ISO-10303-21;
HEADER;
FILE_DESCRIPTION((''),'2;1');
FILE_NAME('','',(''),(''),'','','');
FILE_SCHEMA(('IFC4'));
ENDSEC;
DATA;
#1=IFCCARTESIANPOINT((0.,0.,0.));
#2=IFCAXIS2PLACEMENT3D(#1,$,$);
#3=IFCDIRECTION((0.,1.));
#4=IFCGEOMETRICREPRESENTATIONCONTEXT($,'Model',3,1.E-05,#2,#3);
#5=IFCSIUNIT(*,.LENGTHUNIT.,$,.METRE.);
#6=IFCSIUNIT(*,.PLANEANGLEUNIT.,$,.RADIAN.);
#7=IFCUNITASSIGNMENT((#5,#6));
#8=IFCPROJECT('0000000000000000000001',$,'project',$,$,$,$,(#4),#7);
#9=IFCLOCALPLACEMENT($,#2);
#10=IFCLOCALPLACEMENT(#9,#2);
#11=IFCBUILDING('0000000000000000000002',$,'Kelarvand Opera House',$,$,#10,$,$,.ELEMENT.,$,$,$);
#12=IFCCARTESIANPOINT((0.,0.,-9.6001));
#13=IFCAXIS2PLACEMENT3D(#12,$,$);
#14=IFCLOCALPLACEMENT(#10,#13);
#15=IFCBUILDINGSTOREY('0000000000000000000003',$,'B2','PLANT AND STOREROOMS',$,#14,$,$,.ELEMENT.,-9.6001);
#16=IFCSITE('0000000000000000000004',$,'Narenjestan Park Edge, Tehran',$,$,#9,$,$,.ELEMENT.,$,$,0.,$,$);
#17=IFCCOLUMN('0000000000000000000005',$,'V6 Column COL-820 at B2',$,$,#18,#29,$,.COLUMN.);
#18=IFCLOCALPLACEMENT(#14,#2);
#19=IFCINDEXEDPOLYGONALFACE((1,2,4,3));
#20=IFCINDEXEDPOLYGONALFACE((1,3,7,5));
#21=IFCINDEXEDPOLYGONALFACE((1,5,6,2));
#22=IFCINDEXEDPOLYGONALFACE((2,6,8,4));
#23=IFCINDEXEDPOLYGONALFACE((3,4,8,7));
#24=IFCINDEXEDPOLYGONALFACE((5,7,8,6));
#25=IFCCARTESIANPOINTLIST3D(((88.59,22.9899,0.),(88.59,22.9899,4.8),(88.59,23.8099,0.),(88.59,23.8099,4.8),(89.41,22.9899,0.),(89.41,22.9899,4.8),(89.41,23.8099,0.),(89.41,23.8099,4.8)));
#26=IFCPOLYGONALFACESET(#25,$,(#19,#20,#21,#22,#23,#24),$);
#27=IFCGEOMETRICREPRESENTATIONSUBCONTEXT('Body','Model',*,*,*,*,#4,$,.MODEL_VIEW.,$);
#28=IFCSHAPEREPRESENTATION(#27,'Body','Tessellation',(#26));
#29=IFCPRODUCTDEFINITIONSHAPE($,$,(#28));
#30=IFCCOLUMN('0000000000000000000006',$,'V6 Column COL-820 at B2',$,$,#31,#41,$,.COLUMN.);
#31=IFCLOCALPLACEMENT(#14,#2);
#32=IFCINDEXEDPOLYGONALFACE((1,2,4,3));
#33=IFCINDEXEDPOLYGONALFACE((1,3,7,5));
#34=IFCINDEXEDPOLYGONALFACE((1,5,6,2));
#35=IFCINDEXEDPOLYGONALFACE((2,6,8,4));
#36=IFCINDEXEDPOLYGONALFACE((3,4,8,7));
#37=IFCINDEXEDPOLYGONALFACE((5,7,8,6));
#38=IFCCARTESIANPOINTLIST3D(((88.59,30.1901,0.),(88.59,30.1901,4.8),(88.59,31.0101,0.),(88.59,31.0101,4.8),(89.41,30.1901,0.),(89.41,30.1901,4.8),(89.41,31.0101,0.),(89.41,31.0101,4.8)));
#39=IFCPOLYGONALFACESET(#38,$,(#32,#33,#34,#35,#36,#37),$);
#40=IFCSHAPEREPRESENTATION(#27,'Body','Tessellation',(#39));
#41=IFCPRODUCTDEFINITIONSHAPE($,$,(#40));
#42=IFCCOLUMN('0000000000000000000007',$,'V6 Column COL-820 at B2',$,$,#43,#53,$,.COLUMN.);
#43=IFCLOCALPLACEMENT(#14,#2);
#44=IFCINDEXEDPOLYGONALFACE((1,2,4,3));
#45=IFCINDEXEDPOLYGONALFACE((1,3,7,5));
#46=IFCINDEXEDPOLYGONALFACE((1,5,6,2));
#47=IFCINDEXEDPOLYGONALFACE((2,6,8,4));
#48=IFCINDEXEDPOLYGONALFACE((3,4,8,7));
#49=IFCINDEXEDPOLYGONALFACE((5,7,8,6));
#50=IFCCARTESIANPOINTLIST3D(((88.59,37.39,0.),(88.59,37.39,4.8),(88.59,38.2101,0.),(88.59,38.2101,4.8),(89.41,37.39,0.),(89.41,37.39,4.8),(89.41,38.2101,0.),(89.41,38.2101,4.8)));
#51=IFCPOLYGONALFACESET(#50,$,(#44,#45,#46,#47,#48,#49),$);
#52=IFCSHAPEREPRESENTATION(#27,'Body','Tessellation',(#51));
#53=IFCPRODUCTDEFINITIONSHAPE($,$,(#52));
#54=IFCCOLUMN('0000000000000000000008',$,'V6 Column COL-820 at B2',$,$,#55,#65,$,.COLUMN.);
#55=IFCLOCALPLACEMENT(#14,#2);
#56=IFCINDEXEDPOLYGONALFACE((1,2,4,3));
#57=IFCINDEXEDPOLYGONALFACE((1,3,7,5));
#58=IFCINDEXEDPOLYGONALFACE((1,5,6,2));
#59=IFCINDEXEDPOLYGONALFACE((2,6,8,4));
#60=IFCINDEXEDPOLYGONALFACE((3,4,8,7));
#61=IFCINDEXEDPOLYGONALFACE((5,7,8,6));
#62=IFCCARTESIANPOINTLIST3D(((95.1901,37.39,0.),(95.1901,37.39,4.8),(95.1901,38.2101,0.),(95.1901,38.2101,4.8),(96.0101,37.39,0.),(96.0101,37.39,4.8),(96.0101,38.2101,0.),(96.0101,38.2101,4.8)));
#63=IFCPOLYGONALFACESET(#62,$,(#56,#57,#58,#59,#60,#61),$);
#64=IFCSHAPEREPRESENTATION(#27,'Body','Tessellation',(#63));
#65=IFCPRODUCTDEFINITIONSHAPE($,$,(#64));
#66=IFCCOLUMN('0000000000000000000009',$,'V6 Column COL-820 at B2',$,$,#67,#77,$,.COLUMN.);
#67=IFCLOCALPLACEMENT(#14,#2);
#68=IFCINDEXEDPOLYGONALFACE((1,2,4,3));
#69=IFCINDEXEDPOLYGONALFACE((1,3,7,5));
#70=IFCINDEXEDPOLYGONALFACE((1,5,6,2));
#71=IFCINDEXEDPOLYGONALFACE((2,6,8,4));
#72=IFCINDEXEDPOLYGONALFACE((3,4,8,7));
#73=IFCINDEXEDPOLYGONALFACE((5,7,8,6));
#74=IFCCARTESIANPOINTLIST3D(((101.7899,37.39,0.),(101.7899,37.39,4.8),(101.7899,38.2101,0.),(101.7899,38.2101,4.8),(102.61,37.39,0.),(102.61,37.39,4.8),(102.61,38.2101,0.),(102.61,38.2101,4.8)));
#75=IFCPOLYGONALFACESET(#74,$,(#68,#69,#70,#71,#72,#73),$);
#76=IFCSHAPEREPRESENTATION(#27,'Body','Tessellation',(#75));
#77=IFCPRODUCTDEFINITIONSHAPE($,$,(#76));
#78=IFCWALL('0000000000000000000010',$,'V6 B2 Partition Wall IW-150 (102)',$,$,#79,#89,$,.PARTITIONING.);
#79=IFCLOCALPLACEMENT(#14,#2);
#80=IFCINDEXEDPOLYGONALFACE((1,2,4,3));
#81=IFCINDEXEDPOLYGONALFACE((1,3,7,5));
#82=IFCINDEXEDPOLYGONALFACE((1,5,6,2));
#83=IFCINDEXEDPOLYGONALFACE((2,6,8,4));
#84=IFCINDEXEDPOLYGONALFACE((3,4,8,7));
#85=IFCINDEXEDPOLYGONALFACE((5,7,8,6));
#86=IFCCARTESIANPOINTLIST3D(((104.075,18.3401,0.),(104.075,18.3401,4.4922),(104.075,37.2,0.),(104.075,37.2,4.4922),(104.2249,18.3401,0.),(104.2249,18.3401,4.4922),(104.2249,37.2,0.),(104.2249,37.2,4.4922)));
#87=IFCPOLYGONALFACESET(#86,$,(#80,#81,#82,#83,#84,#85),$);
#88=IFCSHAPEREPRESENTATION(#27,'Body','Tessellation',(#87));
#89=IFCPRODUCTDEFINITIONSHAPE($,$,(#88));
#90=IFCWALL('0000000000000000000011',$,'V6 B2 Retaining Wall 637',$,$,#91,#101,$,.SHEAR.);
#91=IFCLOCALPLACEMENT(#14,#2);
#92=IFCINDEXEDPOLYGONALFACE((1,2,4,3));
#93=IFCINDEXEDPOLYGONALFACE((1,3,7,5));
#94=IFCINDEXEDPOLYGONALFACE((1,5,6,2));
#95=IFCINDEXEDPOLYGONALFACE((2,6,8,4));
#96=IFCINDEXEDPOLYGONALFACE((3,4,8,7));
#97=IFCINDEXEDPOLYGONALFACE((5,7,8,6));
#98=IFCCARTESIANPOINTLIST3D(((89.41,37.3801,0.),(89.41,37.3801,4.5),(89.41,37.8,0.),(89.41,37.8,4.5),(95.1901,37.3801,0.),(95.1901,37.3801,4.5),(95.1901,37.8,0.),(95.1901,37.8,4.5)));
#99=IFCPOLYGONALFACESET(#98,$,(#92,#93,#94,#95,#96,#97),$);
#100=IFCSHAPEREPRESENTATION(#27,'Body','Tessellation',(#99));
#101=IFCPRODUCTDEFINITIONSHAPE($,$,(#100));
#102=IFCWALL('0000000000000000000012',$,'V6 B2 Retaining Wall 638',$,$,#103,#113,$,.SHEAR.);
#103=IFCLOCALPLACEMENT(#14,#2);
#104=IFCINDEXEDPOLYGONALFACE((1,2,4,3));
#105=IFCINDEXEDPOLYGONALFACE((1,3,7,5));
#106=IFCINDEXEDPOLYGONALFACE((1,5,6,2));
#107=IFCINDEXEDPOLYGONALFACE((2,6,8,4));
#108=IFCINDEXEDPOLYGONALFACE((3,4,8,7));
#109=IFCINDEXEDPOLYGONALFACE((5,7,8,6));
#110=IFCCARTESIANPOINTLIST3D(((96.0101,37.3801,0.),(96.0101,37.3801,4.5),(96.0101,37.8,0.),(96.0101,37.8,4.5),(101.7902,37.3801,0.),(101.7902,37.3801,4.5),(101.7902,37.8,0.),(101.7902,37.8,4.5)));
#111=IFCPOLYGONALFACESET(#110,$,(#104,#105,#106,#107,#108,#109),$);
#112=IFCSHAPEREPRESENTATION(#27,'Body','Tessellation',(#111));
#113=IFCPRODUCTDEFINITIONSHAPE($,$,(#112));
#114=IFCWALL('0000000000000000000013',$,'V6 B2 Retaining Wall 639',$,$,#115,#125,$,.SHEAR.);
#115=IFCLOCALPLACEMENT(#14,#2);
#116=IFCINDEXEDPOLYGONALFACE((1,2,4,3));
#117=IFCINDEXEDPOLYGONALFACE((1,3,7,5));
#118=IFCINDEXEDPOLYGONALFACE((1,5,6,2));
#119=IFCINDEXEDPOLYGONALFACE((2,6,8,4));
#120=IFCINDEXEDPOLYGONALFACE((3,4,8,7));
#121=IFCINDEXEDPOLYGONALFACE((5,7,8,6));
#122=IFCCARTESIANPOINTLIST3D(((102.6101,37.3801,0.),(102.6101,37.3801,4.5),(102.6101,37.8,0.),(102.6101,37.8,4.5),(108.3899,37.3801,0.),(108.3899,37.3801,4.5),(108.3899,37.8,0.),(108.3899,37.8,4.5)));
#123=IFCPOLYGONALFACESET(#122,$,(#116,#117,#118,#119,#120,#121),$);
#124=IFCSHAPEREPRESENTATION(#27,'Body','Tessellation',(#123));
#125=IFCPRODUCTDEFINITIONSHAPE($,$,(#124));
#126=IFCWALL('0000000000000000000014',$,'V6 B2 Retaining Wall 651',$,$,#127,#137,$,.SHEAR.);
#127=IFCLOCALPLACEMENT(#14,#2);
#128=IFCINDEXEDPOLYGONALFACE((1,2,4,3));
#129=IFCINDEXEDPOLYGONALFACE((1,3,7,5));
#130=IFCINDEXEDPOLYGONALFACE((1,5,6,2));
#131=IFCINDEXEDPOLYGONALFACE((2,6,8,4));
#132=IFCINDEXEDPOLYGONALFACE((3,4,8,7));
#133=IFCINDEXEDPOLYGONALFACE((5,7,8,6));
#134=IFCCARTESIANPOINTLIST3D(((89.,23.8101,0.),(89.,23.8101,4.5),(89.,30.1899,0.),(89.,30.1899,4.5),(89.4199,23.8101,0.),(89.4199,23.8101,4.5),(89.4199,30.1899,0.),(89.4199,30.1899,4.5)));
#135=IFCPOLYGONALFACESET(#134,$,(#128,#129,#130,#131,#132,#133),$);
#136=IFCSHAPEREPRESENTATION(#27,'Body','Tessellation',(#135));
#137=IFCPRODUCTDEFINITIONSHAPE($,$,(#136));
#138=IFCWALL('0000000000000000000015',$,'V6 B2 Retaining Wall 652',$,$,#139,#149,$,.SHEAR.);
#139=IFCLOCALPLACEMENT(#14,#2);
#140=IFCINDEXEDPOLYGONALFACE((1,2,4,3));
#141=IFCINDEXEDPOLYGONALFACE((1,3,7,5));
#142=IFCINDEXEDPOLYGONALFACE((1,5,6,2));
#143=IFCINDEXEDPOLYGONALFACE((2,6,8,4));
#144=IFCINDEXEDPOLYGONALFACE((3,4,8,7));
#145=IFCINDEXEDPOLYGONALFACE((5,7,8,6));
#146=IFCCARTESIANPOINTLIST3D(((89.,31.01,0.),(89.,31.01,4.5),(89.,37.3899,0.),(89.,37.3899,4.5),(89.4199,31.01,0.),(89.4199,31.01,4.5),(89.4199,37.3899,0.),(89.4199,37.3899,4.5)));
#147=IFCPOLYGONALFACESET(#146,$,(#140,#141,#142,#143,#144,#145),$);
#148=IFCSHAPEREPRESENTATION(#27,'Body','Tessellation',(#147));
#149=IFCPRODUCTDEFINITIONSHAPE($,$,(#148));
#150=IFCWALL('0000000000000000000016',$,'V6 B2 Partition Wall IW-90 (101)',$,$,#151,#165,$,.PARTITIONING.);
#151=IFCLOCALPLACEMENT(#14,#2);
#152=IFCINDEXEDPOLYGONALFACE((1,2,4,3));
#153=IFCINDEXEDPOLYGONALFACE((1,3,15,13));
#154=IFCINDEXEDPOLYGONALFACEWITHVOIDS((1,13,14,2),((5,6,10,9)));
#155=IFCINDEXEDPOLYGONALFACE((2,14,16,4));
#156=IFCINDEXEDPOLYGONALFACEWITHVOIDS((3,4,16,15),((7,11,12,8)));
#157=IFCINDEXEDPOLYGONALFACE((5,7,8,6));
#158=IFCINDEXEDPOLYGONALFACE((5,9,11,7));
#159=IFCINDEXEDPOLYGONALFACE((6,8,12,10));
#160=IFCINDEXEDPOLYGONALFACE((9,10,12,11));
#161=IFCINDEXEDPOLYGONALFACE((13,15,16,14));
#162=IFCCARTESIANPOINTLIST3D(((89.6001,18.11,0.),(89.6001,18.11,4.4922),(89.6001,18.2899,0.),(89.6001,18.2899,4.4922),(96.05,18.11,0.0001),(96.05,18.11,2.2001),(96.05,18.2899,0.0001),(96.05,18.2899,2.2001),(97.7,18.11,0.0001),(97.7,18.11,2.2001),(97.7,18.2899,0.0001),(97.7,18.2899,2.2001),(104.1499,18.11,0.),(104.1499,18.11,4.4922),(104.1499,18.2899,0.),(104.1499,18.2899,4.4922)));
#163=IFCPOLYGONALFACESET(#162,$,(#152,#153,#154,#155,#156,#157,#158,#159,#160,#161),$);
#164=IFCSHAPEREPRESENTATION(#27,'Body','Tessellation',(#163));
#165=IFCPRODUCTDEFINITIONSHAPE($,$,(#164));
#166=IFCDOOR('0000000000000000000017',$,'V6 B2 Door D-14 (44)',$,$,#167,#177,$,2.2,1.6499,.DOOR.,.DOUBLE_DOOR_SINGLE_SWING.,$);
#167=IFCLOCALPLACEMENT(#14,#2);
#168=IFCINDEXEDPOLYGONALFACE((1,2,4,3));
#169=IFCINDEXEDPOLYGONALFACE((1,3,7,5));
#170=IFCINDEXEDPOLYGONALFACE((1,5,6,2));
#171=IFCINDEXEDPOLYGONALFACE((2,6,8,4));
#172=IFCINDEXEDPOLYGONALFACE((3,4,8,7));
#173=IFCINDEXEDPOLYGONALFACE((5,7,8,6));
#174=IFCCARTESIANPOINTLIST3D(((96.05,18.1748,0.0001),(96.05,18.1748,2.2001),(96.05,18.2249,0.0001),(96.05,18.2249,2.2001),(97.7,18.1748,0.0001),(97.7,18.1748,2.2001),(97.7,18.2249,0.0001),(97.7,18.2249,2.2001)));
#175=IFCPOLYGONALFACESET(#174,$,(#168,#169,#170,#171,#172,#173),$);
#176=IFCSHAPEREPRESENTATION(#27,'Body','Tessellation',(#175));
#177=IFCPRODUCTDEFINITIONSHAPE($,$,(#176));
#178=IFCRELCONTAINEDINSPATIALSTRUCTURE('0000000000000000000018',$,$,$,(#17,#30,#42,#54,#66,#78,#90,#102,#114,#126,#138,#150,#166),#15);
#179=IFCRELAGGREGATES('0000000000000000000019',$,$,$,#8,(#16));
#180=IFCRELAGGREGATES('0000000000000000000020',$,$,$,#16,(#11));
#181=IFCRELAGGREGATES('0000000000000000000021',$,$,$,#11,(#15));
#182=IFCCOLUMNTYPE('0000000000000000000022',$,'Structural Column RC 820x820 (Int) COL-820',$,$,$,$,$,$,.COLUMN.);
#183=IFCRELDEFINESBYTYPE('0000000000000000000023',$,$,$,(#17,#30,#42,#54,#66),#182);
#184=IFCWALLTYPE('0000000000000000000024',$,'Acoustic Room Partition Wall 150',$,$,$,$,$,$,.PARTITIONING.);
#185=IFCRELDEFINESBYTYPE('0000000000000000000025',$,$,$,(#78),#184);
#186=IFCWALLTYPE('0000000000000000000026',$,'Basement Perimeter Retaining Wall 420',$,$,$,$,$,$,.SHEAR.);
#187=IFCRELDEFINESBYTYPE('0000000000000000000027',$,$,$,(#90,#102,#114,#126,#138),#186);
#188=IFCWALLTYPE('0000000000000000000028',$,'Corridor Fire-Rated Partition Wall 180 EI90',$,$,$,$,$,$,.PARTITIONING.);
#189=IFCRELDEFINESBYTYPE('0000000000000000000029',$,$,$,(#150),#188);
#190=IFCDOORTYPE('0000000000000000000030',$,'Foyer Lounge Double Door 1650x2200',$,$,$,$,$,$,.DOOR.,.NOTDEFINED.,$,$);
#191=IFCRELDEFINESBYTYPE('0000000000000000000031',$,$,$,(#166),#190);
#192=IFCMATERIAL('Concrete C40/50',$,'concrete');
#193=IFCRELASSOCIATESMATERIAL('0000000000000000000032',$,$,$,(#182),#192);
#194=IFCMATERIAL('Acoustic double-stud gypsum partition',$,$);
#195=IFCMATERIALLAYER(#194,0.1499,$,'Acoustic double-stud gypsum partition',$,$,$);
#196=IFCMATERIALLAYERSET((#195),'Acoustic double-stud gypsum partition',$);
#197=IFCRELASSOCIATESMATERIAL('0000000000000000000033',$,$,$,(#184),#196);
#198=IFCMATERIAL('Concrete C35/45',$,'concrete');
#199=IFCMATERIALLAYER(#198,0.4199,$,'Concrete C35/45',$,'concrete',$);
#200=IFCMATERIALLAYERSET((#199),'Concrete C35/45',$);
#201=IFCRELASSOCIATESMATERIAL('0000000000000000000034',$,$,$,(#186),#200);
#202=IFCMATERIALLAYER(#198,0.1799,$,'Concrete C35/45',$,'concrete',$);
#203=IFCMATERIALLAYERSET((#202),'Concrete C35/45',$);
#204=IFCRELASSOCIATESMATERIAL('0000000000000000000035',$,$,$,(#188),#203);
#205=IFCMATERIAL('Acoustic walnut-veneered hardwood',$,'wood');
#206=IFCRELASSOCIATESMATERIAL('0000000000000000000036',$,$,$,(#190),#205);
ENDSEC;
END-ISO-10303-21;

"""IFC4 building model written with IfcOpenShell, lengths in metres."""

from ifc_helpers import new_model, si_unit, direction, frame, frame_2d, origin, origin_2d, place, context, subcontext, project, spatial, rectangle, extrude, material, layer, layer_set, material_profile, profile_set, type_object, element, fill, save


model = new_model("IFC4")

# Units and contexts
model_context = context("Model", 3, precision=1e-05, world=origin(), true_north=direction((0.0, 1.0)))
body_context = subcontext(model_context, "Body", "Model", "MODEL_VIEW")
ifc_project = project(units=[si_unit("LENGTHUNIT", "METRE"), si_unit("PLANEANGLEUNIT", "RADIAN")], contexts=[model_context])

# Site, building, storey
site_placement = place(None, origin())
site = spatial("IfcSite", under=ifc_project, at=site_placement, Name="Narenjestan Park Edge, Tehran", CompositionType="ELEMENT", RefElevation=0.0)
building_placement = place(site_placement, origin())
building = spatial("IfcBuilding", under=site, at=building_placement, Name="Kelarvand Opera House", CompositionType="ELEMENT")
storey_placement = place(building_placement, frame((0.0, 0.0, -9.6001)))
storey = spatial("IfcBuildingStorey", under=building, at=storey_placement, Name="B2", Description="PLANT AND STOREROOMS", CompositionType="ELEMENT", Elevation=-9.6001)

# Shared definitions
ifc_material_1 = material(Name="Concrete C40/50", Category="concrete")

# Columns
ifc_material_profile_1 = material_profile(ifc_material_1, rectangle(XDim=0.8201, YDim=0.8201, at=origin_2d()), Name="RC 820x820", Category="concrete")
ifc_profile_set_1 = profile_set([ifc_material_profile_1], Name="Concrete C40/50")
column_type_1 = type_object("IfcColumnType", Name="Structural Column RC 820x820 (Int) COL-820", PredefinedType="COLUMN", material=ifc_profile_set_1)
for number, where, z_axis, x_axis, name in (
    (1, (89.0, 23.3999, 0.0), (0.0, 0.0, 1.0), (1.0, 0.0, 0.0), "V6 Column COL-820 at B2"),
    (2, (89.0, 30.6001, 0.0), (0.0, 0.0, 1.0), (1.0, 0.0, 0.0), "V6 Column COL-820 at B2"),
    (3, (89.0, 37.8, 0.0), (0.0, 0.0, 1.0), (1.0, 0.0, 0.0), "V6 Column COL-820 at B2"),
    (4, (95.6001, 37.8, 0.0), (0.0, 0.0, 1.0), (1.0, 0.0, 0.0), "V6 Column COL-820 at B2"),
    (5, (102.2, 37.8, 0.0), (0.0, 0.0, 1.0), (1.0, 0.0, 0.0), "V6 Column COL-820 at B2"),
):
    element("IfcColumn", number, at=place(storey_placement, frame(where, z_axis=z_axis, x_axis=x_axis)), inside=storey, type_object=column_type_1, Name=name, PredefinedType="COLUMN", context=body_context, shape_type="SweptSolid", body=[
        extrude(rectangle(XDim=0.8201, YDim=0.8201, at=origin_2d()), origin(), (0.0, 0.0, 1.0), 4.8),
    ])

# Walls
ifc_material_2 = material(Name="Acoustic double-stud gypsum partition")
ifc_layer_1 = layer(ifc_material_2, 0.1499, Name="Acoustic double-stud gypsum partition")
ifc_layer_set_1 = layer_set([ifc_layer_1], Name="Acoustic double-stud gypsum partition")
wall_type_1 = type_object("IfcWallType", Name="Acoustic Room Partition Wall 150", PredefinedType="PARTITIONING", material=ifc_layer_set_1)
wall_1_placement = place(storey_placement, frame((104.1499, 18.3401, 0.0), z_axis=(0.0, 0.0, 1.0), x_axis=(0.0, 1.0, 0.0)))
element("IfcWall", 6, at=wall_1_placement, inside=storey, type_object=wall_type_1, Name="V6 B2 Partition Wall IW-150 (102)", PredefinedType="PARTITIONING", context=body_context, shape_type="SweptSolid", body=[
    extrude(rectangle(XDim=18.8599, YDim=0.1499, at=frame_2d((9.4299, 0.0))), origin(), (0.0, 0.0, 1.0), 4.4922),
])
ifc_material_3 = material(Name="Concrete C35/45", Category="concrete")
ifc_layer_2 = layer(ifc_material_3, 0.4199, Name="Concrete C35/45", Category="concrete")
ifc_layer_set_2 = layer_set([ifc_layer_2], Name="Concrete C35/45")
wall_type_2 = type_object("IfcWallType", Name="Basement Perimeter Retaining Wall 420", PredefinedType="SHEAR", material=ifc_layer_set_2)
for number, where, z_axis, x_axis, name in (
    (7, (89.4099, 37.5901, 0.0), (0.0, 0.0, 1.0), (1.0, 0.0, 0.0), "V6 B2 Retaining Wall 637"),
    (8, (96.01, 37.5901, 0.0), (0.0, 0.0, 1.0), (1.0, 0.0, 0.0), "V6 B2 Retaining Wall 638"),
):
    element("IfcWall", number, at=place(storey_placement, frame(where, z_axis=z_axis, x_axis=x_axis)), inside=storey, type_object=wall_type_2, Name=name, PredefinedType="SHEAR", context=body_context, shape_type="SweptSolid", body=[
        extrude(rectangle(XDim=5.78, YDim=0.4199, at=frame_2d((2.8901, 0.0))), origin(), (0.0, 0.0, 1.0), 4.5),
    ])
wall_2_placement = place(storey_placement, frame((102.6101, 37.5901, 0.0), z_axis=(0.0, 0.0, 1.0), x_axis=(1.0, 0.0, 0.0)))
element("IfcWall", 9, at=wall_2_placement, inside=storey, type_object=wall_type_2, Name="V6 B2 Retaining Wall 639", PredefinedType="SHEAR", context=body_context, shape_type="SweptSolid", body=[
    extrude(rectangle(XDim=5.7798, YDim=0.4199, at=frame_2d((2.8899, 0.0))), origin(), (0.0, 0.0, 1.0), 4.5),
])
for number, where, z_axis, x_axis, name in (
    (10, (89.21, 23.8101, 0.0), (0.0, 0.0, 1.0), (0.0, 1.0, 0.0), "V6 B2 Retaining Wall 651"),
    (11, (89.21, 31.01, 0.0), (0.0, 0.0, 1.0), (0.0, 1.0, 0.0), "V6 B2 Retaining Wall 652"),
):
    element("IfcWall", number, at=place(storey_placement, frame(where, z_axis=z_axis, x_axis=x_axis)), inside=storey, type_object=wall_type_2, Name=name, PredefinedType="SHEAR", context=body_context, shape_type="SweptSolid", body=[
        extrude(rectangle(XDim=6.3799, YDim=0.4199, at=frame_2d((3.1899, 0.0))), origin(), (0.0, 0.0, 1.0), 4.5),
    ])

# Wall, opening, door
ifc_layer_3 = layer(ifc_material_3, 0.1799, Name="Concrete C35/45", Category="concrete")
ifc_layer_set_3 = layer_set([ifc_layer_3], Name="Concrete C35/45")
wall_type_3 = type_object("IfcWallType", Name="Corridor Fire-Rated Partition Wall 180 EI90", PredefinedType="PARTITIONING", material=ifc_layer_set_3)
wall_3_placement = place(storey_placement, frame((89.6001, 18.2, 0.0), z_axis=(0.0, 0.0, 1.0), x_axis=(1.0, 0.0, 0.0)))
wall_3 = element("IfcWall", 12, at=wall_3_placement, inside=storey, type_object=wall_type_3, Name="V6 B2 Partition Wall IW-90 (101)", PredefinedType="PARTITIONING", context=body_context, shape_type="SweptSolid", body=[
    extrude(rectangle(XDim=14.5498, YDim=0.1799, at=frame_2d((7.2749, 0.0))), origin(), (0.0, 0.0, 1.0), 4.4922),
])
opening_1_placement = place(wall_3_placement, frame((6.45, 0.0, 0.0)))
opening_1 = element("IfcOpeningElement", 13, at=opening_1_placement, cuts=wall_3, PredefinedType="OPENING", context=body_context, shape_type="SweptSolid", body=[
    extrude(rectangle(XDim=1.6499, YDim=2.2, at=frame_2d((0.825, 1.1001))), frame((0.0, 0.1001, 0.0), z_axis=(0.0, -1.0, 0.0), x_axis=(1.0, 0.0, 0.0)), (0.0, 0.0, 1.0), 0.2),
])
ifc_material_4 = material(Name="Acoustic walnut-veneered hardwood", Category="wood")
door_type_1 = type_object("IfcDoorType", Name="Foyer Lounge Double Door 1650x2200", OperationType="NOTDEFINED", PredefinedType="DOOR", material=ifc_material_4)
door_1_placement = place(opening_1_placement, origin())
door_1 = element("IfcDoor", 14, at=door_1_placement, inside=storey, type_object=door_type_1, Name="V6 B2 Door D-14 (44)", OperationType="DOUBLE_DOOR_SINGLE_SWING", OverallHeight=2.2, OverallWidth=1.6499, PredefinedType="DOOR", context=body_context, shape_type="SweptSolid", body=[
    extrude(rectangle(XDim=1.6499, YDim=2.2, at=frame_2d((0.825, 1.1001))), frame((0.0, 0.0249, 0.0), z_axis=(0.0, -1.0, 0.0), x_axis=(1.0, 0.0, 0.0)), (0.0, 0.0, 1.0), 0.05),
])
fill(opening_1, door_1)

save(model, "model.ifc")
